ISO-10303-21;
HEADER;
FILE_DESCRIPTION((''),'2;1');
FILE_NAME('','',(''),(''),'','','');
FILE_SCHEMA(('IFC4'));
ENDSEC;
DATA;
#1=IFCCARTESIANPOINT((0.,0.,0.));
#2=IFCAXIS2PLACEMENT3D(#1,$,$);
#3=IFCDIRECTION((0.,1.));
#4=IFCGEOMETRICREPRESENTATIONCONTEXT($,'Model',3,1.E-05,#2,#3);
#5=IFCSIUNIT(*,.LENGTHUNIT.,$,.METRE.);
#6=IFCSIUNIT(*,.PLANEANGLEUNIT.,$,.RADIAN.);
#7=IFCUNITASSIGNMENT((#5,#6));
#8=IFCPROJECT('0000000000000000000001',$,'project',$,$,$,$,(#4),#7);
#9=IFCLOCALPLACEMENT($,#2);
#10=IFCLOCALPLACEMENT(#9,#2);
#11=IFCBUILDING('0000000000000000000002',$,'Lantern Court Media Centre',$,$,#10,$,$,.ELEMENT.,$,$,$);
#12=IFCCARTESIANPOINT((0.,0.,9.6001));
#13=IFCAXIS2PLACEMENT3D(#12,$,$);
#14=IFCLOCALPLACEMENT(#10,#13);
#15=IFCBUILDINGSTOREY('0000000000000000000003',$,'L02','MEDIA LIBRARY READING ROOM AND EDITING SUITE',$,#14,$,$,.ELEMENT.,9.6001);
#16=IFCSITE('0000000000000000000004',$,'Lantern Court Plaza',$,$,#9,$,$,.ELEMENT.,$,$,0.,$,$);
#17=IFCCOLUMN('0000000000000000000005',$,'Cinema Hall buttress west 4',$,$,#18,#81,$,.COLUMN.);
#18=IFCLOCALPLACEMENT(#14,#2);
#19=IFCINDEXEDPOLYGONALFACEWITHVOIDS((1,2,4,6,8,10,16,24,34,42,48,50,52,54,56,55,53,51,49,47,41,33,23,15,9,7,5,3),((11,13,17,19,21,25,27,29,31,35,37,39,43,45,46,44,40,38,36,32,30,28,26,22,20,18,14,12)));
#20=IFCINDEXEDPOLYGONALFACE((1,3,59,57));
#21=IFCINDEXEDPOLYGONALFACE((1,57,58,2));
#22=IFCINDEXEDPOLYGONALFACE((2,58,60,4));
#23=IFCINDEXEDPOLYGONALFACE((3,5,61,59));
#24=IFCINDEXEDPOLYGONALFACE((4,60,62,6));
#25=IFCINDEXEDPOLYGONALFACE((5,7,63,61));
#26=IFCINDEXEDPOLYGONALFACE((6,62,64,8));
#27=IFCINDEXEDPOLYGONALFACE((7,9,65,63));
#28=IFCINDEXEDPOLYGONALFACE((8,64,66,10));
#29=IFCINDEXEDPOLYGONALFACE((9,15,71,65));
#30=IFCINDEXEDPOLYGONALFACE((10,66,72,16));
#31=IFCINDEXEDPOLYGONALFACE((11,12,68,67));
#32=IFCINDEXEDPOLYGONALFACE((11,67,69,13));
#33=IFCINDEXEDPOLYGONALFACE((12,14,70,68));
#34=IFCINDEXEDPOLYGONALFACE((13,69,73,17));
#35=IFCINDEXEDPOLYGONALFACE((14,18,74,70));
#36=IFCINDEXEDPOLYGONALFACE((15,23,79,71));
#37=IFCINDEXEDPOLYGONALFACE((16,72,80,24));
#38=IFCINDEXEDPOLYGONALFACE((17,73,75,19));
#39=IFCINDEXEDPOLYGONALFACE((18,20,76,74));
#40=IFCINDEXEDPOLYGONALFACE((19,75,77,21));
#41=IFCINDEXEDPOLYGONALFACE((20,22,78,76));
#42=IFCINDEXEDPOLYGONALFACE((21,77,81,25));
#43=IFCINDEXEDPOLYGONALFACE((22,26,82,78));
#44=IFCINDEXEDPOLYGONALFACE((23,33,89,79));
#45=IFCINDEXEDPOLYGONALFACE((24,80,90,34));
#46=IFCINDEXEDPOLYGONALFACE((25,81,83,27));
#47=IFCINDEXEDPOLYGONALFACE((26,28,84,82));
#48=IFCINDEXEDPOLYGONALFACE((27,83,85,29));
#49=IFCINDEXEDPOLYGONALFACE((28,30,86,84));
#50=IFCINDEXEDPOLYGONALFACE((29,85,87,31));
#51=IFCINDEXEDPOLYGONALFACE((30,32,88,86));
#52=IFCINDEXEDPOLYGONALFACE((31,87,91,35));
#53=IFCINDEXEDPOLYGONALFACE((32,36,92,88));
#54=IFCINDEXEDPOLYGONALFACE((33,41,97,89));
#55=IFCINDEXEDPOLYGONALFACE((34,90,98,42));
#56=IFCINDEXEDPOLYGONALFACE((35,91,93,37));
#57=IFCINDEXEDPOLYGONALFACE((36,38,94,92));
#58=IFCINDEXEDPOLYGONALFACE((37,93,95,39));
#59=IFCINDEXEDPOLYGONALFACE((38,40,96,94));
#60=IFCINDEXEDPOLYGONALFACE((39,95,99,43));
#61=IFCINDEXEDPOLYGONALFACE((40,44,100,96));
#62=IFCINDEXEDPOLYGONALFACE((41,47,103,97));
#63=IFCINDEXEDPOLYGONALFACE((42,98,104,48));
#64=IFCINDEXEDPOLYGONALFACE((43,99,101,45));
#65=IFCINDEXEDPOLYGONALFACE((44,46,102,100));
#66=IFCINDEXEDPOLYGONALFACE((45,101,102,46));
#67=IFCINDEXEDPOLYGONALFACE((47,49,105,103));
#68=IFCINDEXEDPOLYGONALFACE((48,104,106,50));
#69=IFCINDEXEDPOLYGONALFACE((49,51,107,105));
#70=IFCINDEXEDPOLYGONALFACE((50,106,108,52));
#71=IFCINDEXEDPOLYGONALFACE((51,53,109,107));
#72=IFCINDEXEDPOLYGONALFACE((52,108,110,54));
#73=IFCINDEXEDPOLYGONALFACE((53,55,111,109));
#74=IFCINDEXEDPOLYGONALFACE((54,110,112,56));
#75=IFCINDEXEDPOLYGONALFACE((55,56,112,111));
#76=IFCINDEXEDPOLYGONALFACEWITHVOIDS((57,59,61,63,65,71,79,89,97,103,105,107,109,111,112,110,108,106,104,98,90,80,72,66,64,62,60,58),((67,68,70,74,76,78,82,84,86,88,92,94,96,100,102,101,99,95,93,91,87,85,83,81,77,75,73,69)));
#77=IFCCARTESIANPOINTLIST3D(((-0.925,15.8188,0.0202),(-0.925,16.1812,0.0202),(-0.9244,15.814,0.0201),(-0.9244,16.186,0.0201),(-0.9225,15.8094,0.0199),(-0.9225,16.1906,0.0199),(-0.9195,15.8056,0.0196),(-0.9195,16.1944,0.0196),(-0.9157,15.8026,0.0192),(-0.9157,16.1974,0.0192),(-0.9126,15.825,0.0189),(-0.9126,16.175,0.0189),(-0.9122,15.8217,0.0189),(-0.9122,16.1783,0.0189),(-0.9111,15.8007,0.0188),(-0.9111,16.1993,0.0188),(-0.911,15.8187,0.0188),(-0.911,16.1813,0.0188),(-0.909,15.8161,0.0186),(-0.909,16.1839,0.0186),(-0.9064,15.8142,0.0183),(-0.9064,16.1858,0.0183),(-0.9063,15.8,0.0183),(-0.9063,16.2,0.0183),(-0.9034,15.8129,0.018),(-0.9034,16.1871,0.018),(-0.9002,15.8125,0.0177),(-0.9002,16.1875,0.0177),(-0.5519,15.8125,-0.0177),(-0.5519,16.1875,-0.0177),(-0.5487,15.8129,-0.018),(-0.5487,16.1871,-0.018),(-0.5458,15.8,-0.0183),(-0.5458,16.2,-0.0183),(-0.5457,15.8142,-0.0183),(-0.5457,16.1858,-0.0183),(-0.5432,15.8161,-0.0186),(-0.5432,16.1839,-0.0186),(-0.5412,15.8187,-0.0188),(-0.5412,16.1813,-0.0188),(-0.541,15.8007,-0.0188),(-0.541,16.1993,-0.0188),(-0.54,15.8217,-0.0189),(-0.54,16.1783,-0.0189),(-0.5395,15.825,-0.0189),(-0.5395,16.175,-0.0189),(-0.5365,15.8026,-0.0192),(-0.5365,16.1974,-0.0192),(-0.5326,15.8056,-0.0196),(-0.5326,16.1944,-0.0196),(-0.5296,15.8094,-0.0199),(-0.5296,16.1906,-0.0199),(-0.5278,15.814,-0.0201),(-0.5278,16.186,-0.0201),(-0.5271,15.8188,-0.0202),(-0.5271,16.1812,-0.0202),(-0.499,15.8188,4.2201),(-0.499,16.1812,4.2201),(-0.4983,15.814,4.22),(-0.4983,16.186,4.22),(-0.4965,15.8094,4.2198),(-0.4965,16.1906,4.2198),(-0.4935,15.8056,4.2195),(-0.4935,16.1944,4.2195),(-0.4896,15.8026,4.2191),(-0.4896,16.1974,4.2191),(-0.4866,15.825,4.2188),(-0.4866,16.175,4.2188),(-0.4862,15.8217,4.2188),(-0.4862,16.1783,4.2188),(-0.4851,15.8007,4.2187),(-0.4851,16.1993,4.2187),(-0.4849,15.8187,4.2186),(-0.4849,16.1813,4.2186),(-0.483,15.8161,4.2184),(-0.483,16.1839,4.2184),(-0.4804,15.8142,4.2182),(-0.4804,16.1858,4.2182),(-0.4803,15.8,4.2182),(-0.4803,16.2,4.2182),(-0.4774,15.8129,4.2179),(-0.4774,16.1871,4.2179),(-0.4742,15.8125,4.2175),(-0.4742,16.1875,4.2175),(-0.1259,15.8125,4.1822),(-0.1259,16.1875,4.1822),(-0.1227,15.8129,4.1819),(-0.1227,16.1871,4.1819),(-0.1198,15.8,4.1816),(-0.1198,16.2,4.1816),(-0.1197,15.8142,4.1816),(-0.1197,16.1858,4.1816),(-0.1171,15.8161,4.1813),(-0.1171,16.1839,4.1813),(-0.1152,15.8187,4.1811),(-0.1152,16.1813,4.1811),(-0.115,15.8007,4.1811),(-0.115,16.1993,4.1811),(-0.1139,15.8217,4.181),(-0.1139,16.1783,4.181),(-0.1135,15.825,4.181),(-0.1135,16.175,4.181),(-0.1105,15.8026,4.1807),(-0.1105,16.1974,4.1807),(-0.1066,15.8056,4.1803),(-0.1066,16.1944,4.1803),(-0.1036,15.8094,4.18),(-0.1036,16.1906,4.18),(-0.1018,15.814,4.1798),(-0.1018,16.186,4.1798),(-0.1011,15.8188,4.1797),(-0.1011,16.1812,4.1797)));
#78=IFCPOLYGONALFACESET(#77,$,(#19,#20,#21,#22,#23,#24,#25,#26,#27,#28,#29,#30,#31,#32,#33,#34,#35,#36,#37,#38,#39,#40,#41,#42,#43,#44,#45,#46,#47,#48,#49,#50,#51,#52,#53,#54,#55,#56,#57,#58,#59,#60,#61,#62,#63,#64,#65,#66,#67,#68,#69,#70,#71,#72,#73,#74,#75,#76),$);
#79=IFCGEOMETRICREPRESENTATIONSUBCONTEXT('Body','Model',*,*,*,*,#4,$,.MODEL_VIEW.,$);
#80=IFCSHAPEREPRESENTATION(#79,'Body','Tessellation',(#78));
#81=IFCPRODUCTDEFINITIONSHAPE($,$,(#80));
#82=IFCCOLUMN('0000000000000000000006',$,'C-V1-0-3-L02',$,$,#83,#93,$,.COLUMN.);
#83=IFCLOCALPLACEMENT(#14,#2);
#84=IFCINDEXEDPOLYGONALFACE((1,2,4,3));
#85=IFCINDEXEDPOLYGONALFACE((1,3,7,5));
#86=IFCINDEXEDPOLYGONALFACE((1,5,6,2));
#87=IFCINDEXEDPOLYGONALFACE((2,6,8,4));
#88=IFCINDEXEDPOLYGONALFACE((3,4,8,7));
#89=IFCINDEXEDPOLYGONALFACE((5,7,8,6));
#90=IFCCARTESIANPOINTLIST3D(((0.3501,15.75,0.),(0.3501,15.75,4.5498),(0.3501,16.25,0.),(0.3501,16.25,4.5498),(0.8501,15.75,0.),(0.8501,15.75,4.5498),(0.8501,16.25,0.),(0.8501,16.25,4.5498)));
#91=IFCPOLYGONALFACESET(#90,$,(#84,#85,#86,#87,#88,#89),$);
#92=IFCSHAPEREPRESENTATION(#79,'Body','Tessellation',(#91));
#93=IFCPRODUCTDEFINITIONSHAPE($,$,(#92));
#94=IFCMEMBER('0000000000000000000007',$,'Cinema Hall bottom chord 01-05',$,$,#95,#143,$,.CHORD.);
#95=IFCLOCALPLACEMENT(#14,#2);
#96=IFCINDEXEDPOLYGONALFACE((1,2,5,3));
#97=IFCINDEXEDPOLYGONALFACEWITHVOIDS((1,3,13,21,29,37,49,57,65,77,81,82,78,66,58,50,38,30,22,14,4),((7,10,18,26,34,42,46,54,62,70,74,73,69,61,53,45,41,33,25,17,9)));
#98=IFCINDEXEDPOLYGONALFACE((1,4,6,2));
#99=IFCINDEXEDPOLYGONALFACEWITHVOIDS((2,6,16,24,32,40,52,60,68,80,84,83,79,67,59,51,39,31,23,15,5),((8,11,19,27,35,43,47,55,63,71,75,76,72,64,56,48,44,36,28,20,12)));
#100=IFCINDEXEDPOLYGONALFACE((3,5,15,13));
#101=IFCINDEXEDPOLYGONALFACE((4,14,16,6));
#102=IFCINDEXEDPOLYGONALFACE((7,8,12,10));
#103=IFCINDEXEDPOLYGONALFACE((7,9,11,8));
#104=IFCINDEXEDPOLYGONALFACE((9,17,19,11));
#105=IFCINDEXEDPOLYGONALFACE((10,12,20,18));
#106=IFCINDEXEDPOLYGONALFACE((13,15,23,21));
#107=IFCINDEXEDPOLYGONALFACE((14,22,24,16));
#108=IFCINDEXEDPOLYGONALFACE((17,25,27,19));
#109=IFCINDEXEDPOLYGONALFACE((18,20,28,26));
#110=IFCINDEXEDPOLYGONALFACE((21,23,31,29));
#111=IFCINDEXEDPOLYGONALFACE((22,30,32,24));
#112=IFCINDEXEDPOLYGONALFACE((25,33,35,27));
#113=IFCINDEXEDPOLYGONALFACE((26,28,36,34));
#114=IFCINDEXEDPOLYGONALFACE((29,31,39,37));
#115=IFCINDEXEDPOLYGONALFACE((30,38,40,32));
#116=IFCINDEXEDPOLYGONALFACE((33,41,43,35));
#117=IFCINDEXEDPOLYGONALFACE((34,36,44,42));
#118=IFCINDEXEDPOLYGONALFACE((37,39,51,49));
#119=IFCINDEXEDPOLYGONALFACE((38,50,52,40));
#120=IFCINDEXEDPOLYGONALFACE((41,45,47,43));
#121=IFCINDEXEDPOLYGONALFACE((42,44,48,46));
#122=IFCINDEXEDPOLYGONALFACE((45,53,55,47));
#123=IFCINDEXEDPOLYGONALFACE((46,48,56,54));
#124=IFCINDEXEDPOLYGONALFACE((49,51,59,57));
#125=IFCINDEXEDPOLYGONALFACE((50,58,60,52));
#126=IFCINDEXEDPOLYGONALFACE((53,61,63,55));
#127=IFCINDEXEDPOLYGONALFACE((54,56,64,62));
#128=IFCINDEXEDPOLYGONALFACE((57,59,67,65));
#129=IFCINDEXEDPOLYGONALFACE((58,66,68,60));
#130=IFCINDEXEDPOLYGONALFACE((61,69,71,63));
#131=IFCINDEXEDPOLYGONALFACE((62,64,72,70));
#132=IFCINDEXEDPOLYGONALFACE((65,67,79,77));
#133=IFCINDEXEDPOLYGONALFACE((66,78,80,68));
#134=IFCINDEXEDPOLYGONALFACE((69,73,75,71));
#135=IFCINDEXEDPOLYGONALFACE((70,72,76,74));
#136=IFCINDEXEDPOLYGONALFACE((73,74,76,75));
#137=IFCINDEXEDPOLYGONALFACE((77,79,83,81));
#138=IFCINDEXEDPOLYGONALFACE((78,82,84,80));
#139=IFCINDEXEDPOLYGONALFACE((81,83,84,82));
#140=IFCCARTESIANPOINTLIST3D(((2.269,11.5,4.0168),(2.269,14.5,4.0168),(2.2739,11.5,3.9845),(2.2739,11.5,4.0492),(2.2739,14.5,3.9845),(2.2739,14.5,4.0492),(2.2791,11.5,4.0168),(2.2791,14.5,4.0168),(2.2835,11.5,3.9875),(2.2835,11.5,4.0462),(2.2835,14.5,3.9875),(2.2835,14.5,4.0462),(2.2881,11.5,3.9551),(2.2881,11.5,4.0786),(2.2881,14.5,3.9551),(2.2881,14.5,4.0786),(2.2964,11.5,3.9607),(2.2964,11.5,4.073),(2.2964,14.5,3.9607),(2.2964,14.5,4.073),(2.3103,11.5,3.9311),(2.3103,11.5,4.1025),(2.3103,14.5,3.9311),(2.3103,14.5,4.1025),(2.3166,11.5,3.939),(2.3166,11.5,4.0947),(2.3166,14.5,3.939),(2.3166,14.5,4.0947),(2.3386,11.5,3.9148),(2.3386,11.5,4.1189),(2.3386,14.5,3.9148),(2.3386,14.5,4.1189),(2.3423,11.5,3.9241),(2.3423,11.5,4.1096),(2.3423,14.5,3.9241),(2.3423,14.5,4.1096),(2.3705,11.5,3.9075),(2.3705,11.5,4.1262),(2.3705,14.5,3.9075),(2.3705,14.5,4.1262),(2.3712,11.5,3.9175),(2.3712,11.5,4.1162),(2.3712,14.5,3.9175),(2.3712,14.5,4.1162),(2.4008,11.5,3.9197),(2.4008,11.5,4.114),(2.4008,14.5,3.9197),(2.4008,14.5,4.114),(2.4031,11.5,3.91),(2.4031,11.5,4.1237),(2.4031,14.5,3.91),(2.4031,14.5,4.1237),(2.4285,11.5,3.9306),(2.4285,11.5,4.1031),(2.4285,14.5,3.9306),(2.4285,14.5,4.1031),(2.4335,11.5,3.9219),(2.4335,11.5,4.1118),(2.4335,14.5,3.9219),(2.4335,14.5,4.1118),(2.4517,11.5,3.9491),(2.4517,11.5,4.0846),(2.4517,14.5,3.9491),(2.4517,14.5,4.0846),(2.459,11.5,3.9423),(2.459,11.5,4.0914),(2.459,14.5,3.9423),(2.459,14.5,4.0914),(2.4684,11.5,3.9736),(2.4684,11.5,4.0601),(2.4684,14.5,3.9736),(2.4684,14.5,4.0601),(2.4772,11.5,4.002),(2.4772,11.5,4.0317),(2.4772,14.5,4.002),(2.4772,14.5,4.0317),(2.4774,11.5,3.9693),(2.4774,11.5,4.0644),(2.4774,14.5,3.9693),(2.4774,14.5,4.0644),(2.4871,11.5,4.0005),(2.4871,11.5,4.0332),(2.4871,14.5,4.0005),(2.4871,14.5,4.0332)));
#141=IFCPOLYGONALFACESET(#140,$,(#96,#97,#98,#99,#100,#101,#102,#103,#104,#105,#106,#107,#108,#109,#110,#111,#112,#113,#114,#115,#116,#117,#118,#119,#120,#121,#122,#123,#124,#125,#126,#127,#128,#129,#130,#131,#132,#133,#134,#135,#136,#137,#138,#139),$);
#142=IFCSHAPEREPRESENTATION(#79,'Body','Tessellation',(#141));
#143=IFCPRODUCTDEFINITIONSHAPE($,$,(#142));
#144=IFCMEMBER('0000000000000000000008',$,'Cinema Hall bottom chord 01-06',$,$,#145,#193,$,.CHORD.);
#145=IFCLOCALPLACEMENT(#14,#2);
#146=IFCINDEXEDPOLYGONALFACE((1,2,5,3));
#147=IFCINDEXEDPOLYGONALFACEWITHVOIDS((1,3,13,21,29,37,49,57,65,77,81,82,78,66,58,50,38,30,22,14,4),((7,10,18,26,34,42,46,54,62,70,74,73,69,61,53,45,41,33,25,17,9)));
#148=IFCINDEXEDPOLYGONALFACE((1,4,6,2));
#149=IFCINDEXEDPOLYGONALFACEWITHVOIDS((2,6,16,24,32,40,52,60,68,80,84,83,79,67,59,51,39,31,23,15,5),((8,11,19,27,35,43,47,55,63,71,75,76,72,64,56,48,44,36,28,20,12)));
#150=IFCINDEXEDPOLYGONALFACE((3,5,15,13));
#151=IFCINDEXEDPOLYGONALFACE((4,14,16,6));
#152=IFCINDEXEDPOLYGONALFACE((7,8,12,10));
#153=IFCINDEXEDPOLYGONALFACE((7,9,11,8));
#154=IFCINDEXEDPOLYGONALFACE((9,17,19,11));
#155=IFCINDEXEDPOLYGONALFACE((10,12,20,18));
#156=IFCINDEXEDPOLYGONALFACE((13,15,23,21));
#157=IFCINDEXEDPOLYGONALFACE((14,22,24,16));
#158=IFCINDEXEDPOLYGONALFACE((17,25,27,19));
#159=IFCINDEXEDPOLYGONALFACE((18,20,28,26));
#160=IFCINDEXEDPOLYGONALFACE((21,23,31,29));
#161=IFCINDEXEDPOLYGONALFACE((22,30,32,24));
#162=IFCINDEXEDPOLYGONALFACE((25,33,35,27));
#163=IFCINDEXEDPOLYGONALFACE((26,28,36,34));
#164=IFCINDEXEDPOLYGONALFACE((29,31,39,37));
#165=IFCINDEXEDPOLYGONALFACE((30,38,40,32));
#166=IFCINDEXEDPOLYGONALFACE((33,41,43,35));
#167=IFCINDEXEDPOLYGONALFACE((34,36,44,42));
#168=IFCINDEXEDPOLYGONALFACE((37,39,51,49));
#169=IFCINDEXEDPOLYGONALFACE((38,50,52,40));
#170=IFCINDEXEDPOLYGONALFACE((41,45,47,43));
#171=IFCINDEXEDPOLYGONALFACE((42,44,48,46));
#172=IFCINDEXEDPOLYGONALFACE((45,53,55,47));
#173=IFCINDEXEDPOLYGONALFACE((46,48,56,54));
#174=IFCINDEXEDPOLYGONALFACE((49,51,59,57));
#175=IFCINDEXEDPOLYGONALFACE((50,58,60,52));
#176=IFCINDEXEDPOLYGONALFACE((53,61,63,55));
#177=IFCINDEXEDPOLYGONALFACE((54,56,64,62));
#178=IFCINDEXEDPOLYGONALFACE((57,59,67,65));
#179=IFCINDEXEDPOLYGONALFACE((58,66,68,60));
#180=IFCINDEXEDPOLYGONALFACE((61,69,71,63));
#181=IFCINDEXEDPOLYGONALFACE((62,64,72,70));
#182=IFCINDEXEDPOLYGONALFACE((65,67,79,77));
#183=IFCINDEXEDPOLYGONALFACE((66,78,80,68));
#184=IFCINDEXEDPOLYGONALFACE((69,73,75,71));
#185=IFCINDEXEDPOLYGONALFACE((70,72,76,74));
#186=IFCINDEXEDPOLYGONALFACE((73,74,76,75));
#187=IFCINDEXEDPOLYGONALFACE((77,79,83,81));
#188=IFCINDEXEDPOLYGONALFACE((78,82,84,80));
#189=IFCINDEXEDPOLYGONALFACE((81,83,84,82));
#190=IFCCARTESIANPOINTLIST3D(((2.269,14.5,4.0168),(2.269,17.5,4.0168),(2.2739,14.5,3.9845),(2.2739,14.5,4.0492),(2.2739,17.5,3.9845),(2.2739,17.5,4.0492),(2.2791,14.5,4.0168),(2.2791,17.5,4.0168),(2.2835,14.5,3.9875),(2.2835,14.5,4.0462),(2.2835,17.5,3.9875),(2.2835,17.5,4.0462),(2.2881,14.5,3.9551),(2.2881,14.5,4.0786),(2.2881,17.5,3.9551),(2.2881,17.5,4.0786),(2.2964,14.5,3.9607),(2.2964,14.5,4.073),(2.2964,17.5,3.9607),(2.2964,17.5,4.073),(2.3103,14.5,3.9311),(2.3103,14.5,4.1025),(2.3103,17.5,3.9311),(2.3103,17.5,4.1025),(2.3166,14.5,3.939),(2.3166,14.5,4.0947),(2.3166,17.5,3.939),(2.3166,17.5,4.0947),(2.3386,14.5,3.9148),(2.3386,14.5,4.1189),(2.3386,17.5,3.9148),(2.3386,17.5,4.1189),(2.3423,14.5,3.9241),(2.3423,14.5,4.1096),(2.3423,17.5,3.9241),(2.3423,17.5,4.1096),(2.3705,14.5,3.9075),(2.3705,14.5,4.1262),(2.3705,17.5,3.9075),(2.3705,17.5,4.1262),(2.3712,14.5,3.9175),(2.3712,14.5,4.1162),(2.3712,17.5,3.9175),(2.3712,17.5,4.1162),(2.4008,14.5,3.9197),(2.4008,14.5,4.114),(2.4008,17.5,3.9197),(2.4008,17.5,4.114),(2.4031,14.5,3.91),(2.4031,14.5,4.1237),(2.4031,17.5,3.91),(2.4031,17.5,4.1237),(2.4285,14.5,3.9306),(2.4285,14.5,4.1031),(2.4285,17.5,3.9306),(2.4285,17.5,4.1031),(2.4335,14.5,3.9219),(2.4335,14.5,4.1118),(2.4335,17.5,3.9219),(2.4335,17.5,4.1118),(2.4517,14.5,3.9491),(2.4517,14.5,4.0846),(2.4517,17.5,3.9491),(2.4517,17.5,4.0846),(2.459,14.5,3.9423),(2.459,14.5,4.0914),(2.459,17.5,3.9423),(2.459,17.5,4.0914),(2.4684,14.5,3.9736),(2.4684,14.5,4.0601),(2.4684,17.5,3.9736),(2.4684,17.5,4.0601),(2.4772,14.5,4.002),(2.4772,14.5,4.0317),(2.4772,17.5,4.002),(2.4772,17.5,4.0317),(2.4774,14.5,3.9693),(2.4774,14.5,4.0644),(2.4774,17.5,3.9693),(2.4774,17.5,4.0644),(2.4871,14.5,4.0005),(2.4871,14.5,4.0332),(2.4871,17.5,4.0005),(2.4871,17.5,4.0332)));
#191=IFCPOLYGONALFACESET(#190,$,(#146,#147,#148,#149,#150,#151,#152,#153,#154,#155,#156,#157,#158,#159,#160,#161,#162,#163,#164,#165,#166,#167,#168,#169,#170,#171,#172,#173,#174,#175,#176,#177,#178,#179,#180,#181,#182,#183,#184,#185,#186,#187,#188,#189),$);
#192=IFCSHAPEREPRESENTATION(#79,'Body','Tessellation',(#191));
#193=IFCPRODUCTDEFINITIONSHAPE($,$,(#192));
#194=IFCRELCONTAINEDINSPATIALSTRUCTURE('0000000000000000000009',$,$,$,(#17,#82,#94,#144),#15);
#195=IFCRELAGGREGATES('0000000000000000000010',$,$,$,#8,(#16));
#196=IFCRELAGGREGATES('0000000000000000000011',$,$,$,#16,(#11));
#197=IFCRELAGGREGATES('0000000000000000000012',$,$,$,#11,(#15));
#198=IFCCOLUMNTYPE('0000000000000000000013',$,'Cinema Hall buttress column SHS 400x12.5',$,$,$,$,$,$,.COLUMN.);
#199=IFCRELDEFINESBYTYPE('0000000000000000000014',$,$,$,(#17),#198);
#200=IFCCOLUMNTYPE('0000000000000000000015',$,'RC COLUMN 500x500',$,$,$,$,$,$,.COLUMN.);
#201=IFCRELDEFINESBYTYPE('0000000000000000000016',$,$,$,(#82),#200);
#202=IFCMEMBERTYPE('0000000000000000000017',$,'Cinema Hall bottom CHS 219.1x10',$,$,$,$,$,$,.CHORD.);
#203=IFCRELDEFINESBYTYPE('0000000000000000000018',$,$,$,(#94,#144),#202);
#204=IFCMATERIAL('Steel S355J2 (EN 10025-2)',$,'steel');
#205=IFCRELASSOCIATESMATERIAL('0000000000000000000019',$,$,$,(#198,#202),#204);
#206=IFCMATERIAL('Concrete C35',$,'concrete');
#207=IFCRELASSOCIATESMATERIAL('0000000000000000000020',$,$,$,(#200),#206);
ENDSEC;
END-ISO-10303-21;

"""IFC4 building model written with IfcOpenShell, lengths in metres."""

from ifc_helpers import new_model, si_unit, direction, frame, origin, origin_2d, place, context, subcontext, project, spatial, rectangle, hollow_rectangle, hollow_circle, extrude, material, material_profile, profile_set, type_object, element, save


model = new_model("IFC4")

# Units and contexts
model_context = context("Model", 3, precision=1e-05, world=origin(), true_north=direction((0.0, 1.0)))
body_context = subcontext(model_context, "Body", "Model", "MODEL_VIEW")
ifc_project = project(units=[si_unit("LENGTHUNIT", "METRE"), si_unit("PLANEANGLEUNIT", "RADIAN")], contexts=[model_context])

# Site, building, storey
site_placement = place(None, origin())
site = spatial("IfcSite", under=ifc_project, at=site_placement, Name="Lantern Court Plaza", CompositionType="ELEMENT", RefElevation=0.0)
building_placement = place(site_placement, origin())
building = spatial("IfcBuilding", under=site, at=building_placement, Name="Lantern Court Media Centre", CompositionType="ELEMENT")
storey_placement = place(building_placement, frame((0.0, 0.0, 9.6001)))
storey = spatial("IfcBuildingStorey", under=building, at=storey_placement, Name="L02", Description="MEDIA LIBRARY READING ROOM AND EDITING SUITE", CompositionType="ELEMENT", Elevation=9.6001)

# Columns
ifc_material_1 = material(Name="Steel S355J2 (EN 10025-2)", Category="steel")
ifc_material_profile_1 = material_profile(ifc_material_1, hollow_rectangle(XDim=0.3999, YDim=0.3999, WallThickness=0.0125, InnerFilletRadius=0.0125, OuterFilletRadius=0.0188, at=origin_2d()), Name="Cinema Hall buttress column SHS 400x12.5")
ifc_profile_set_1 = profile_set([ifc_material_profile_1], Name="Steel S355J2 (EN 10025-2)")
column_type_1 = type_object("IfcColumnType", Name="Cinema Hall buttress column SHS 400x12.5", PredefinedType="COLUMN", material=ifc_profile_set_1)
column_1_placement = place(storey_placement, frame((-0.7261, 16.0, 0.0), z_axis=(0.100918, 0.0, 0.994895), x_axis=(0.0, 1.0, 0.0)))
element("IfcColumn", 1, at=column_1_placement, inside=storey, type_object=column_type_1, Name="Cinema Hall buttress west 4", PredefinedType="COLUMN", context=body_context, shape_type="SweptSolid", body=[
    extrude(hollow_rectangle(XDim=0.3999, YDim=0.3999, WallThickness=0.0125, InnerFilletRadius=0.0125, OuterFilletRadius=0.0188, at=origin_2d()), origin(), (0.0, 0.0, 1.0), 4.2214),
])
ifc_material_2 = material(Name="Concrete C35", Category="concrete")
ifc_material_profile_2 = material_profile(ifc_material_2, rectangle(XDim=0.5, YDim=0.5, at=origin_2d()), Name="RC 500x500")
ifc_profile_set_2 = profile_set([ifc_material_profile_2], Name="Concrete C35")
column_type_2 = type_object("IfcColumnType", Name="RC COLUMN 500x500", PredefinedType="COLUMN", material=ifc_profile_set_2)
column_2_placement = place(storey_placement, frame((0.6001, 16.0, 0.0), z_axis=(0.0, 0.0, 1.0), x_axis=(1.0, 0.0, 0.0)))
element("IfcColumn", 2, at=column_2_placement, inside=storey, type_object=column_type_2, Name="C-V1-0-3-L02", PredefinedType="COLUMN", context=body_context, shape_type="SweptSolid", body=[
    extrude(rectangle(XDim=0.5, YDim=0.5, at=origin_2d()), origin(), (0.0, 0.0, 1.0), 4.5498),
])

# Members
ifc_material_profile_3 = material_profile(ifc_material_1, hollow_circle(Radius=0.1096, WallThickness=0.01, at=origin_2d()), Name="Cinema Hall bottom CHS 219.1x10")
ifc_profile_set_3 = profile_set([ifc_material_profile_3], Name="Steel S355J2 (EN 10025-2)")
member_type_1 = type_object("IfcMemberType", Name="Cinema Hall bottom CHS 219.1x10", PredefinedType="CHORD", material=ifc_profile_set_3)
for number, where, z_axis, x_axis, name in (
    (3, (2.3787, 11.5, 4.0168), (0.0, 1.0, 0.0), (-1.0, 0.0, 0.0), "Cinema Hall bottom chord 01-05"),
    (4, (2.3787, 14.5, 4.0168), (0.0, 1.0, 0.0), (-1.0, 0.0, 0.0), "Cinema Hall bottom chord 01-06"),
):
    element("IfcMember", number, at=place(storey_placement, frame(where, z_axis=z_axis, x_axis=x_axis)), inside=storey, type_object=member_type_1, Name=name, PredefinedType="CHORD", context=body_context, shape_type="SweptSolid", body=[
        extrude(hollow_circle(Radius=0.1096, WallThickness=0.01, at=origin_2d()), origin(), (0.0, 0.0, 1.0), 3.0),
    ])

save(model, "model.ifc")
